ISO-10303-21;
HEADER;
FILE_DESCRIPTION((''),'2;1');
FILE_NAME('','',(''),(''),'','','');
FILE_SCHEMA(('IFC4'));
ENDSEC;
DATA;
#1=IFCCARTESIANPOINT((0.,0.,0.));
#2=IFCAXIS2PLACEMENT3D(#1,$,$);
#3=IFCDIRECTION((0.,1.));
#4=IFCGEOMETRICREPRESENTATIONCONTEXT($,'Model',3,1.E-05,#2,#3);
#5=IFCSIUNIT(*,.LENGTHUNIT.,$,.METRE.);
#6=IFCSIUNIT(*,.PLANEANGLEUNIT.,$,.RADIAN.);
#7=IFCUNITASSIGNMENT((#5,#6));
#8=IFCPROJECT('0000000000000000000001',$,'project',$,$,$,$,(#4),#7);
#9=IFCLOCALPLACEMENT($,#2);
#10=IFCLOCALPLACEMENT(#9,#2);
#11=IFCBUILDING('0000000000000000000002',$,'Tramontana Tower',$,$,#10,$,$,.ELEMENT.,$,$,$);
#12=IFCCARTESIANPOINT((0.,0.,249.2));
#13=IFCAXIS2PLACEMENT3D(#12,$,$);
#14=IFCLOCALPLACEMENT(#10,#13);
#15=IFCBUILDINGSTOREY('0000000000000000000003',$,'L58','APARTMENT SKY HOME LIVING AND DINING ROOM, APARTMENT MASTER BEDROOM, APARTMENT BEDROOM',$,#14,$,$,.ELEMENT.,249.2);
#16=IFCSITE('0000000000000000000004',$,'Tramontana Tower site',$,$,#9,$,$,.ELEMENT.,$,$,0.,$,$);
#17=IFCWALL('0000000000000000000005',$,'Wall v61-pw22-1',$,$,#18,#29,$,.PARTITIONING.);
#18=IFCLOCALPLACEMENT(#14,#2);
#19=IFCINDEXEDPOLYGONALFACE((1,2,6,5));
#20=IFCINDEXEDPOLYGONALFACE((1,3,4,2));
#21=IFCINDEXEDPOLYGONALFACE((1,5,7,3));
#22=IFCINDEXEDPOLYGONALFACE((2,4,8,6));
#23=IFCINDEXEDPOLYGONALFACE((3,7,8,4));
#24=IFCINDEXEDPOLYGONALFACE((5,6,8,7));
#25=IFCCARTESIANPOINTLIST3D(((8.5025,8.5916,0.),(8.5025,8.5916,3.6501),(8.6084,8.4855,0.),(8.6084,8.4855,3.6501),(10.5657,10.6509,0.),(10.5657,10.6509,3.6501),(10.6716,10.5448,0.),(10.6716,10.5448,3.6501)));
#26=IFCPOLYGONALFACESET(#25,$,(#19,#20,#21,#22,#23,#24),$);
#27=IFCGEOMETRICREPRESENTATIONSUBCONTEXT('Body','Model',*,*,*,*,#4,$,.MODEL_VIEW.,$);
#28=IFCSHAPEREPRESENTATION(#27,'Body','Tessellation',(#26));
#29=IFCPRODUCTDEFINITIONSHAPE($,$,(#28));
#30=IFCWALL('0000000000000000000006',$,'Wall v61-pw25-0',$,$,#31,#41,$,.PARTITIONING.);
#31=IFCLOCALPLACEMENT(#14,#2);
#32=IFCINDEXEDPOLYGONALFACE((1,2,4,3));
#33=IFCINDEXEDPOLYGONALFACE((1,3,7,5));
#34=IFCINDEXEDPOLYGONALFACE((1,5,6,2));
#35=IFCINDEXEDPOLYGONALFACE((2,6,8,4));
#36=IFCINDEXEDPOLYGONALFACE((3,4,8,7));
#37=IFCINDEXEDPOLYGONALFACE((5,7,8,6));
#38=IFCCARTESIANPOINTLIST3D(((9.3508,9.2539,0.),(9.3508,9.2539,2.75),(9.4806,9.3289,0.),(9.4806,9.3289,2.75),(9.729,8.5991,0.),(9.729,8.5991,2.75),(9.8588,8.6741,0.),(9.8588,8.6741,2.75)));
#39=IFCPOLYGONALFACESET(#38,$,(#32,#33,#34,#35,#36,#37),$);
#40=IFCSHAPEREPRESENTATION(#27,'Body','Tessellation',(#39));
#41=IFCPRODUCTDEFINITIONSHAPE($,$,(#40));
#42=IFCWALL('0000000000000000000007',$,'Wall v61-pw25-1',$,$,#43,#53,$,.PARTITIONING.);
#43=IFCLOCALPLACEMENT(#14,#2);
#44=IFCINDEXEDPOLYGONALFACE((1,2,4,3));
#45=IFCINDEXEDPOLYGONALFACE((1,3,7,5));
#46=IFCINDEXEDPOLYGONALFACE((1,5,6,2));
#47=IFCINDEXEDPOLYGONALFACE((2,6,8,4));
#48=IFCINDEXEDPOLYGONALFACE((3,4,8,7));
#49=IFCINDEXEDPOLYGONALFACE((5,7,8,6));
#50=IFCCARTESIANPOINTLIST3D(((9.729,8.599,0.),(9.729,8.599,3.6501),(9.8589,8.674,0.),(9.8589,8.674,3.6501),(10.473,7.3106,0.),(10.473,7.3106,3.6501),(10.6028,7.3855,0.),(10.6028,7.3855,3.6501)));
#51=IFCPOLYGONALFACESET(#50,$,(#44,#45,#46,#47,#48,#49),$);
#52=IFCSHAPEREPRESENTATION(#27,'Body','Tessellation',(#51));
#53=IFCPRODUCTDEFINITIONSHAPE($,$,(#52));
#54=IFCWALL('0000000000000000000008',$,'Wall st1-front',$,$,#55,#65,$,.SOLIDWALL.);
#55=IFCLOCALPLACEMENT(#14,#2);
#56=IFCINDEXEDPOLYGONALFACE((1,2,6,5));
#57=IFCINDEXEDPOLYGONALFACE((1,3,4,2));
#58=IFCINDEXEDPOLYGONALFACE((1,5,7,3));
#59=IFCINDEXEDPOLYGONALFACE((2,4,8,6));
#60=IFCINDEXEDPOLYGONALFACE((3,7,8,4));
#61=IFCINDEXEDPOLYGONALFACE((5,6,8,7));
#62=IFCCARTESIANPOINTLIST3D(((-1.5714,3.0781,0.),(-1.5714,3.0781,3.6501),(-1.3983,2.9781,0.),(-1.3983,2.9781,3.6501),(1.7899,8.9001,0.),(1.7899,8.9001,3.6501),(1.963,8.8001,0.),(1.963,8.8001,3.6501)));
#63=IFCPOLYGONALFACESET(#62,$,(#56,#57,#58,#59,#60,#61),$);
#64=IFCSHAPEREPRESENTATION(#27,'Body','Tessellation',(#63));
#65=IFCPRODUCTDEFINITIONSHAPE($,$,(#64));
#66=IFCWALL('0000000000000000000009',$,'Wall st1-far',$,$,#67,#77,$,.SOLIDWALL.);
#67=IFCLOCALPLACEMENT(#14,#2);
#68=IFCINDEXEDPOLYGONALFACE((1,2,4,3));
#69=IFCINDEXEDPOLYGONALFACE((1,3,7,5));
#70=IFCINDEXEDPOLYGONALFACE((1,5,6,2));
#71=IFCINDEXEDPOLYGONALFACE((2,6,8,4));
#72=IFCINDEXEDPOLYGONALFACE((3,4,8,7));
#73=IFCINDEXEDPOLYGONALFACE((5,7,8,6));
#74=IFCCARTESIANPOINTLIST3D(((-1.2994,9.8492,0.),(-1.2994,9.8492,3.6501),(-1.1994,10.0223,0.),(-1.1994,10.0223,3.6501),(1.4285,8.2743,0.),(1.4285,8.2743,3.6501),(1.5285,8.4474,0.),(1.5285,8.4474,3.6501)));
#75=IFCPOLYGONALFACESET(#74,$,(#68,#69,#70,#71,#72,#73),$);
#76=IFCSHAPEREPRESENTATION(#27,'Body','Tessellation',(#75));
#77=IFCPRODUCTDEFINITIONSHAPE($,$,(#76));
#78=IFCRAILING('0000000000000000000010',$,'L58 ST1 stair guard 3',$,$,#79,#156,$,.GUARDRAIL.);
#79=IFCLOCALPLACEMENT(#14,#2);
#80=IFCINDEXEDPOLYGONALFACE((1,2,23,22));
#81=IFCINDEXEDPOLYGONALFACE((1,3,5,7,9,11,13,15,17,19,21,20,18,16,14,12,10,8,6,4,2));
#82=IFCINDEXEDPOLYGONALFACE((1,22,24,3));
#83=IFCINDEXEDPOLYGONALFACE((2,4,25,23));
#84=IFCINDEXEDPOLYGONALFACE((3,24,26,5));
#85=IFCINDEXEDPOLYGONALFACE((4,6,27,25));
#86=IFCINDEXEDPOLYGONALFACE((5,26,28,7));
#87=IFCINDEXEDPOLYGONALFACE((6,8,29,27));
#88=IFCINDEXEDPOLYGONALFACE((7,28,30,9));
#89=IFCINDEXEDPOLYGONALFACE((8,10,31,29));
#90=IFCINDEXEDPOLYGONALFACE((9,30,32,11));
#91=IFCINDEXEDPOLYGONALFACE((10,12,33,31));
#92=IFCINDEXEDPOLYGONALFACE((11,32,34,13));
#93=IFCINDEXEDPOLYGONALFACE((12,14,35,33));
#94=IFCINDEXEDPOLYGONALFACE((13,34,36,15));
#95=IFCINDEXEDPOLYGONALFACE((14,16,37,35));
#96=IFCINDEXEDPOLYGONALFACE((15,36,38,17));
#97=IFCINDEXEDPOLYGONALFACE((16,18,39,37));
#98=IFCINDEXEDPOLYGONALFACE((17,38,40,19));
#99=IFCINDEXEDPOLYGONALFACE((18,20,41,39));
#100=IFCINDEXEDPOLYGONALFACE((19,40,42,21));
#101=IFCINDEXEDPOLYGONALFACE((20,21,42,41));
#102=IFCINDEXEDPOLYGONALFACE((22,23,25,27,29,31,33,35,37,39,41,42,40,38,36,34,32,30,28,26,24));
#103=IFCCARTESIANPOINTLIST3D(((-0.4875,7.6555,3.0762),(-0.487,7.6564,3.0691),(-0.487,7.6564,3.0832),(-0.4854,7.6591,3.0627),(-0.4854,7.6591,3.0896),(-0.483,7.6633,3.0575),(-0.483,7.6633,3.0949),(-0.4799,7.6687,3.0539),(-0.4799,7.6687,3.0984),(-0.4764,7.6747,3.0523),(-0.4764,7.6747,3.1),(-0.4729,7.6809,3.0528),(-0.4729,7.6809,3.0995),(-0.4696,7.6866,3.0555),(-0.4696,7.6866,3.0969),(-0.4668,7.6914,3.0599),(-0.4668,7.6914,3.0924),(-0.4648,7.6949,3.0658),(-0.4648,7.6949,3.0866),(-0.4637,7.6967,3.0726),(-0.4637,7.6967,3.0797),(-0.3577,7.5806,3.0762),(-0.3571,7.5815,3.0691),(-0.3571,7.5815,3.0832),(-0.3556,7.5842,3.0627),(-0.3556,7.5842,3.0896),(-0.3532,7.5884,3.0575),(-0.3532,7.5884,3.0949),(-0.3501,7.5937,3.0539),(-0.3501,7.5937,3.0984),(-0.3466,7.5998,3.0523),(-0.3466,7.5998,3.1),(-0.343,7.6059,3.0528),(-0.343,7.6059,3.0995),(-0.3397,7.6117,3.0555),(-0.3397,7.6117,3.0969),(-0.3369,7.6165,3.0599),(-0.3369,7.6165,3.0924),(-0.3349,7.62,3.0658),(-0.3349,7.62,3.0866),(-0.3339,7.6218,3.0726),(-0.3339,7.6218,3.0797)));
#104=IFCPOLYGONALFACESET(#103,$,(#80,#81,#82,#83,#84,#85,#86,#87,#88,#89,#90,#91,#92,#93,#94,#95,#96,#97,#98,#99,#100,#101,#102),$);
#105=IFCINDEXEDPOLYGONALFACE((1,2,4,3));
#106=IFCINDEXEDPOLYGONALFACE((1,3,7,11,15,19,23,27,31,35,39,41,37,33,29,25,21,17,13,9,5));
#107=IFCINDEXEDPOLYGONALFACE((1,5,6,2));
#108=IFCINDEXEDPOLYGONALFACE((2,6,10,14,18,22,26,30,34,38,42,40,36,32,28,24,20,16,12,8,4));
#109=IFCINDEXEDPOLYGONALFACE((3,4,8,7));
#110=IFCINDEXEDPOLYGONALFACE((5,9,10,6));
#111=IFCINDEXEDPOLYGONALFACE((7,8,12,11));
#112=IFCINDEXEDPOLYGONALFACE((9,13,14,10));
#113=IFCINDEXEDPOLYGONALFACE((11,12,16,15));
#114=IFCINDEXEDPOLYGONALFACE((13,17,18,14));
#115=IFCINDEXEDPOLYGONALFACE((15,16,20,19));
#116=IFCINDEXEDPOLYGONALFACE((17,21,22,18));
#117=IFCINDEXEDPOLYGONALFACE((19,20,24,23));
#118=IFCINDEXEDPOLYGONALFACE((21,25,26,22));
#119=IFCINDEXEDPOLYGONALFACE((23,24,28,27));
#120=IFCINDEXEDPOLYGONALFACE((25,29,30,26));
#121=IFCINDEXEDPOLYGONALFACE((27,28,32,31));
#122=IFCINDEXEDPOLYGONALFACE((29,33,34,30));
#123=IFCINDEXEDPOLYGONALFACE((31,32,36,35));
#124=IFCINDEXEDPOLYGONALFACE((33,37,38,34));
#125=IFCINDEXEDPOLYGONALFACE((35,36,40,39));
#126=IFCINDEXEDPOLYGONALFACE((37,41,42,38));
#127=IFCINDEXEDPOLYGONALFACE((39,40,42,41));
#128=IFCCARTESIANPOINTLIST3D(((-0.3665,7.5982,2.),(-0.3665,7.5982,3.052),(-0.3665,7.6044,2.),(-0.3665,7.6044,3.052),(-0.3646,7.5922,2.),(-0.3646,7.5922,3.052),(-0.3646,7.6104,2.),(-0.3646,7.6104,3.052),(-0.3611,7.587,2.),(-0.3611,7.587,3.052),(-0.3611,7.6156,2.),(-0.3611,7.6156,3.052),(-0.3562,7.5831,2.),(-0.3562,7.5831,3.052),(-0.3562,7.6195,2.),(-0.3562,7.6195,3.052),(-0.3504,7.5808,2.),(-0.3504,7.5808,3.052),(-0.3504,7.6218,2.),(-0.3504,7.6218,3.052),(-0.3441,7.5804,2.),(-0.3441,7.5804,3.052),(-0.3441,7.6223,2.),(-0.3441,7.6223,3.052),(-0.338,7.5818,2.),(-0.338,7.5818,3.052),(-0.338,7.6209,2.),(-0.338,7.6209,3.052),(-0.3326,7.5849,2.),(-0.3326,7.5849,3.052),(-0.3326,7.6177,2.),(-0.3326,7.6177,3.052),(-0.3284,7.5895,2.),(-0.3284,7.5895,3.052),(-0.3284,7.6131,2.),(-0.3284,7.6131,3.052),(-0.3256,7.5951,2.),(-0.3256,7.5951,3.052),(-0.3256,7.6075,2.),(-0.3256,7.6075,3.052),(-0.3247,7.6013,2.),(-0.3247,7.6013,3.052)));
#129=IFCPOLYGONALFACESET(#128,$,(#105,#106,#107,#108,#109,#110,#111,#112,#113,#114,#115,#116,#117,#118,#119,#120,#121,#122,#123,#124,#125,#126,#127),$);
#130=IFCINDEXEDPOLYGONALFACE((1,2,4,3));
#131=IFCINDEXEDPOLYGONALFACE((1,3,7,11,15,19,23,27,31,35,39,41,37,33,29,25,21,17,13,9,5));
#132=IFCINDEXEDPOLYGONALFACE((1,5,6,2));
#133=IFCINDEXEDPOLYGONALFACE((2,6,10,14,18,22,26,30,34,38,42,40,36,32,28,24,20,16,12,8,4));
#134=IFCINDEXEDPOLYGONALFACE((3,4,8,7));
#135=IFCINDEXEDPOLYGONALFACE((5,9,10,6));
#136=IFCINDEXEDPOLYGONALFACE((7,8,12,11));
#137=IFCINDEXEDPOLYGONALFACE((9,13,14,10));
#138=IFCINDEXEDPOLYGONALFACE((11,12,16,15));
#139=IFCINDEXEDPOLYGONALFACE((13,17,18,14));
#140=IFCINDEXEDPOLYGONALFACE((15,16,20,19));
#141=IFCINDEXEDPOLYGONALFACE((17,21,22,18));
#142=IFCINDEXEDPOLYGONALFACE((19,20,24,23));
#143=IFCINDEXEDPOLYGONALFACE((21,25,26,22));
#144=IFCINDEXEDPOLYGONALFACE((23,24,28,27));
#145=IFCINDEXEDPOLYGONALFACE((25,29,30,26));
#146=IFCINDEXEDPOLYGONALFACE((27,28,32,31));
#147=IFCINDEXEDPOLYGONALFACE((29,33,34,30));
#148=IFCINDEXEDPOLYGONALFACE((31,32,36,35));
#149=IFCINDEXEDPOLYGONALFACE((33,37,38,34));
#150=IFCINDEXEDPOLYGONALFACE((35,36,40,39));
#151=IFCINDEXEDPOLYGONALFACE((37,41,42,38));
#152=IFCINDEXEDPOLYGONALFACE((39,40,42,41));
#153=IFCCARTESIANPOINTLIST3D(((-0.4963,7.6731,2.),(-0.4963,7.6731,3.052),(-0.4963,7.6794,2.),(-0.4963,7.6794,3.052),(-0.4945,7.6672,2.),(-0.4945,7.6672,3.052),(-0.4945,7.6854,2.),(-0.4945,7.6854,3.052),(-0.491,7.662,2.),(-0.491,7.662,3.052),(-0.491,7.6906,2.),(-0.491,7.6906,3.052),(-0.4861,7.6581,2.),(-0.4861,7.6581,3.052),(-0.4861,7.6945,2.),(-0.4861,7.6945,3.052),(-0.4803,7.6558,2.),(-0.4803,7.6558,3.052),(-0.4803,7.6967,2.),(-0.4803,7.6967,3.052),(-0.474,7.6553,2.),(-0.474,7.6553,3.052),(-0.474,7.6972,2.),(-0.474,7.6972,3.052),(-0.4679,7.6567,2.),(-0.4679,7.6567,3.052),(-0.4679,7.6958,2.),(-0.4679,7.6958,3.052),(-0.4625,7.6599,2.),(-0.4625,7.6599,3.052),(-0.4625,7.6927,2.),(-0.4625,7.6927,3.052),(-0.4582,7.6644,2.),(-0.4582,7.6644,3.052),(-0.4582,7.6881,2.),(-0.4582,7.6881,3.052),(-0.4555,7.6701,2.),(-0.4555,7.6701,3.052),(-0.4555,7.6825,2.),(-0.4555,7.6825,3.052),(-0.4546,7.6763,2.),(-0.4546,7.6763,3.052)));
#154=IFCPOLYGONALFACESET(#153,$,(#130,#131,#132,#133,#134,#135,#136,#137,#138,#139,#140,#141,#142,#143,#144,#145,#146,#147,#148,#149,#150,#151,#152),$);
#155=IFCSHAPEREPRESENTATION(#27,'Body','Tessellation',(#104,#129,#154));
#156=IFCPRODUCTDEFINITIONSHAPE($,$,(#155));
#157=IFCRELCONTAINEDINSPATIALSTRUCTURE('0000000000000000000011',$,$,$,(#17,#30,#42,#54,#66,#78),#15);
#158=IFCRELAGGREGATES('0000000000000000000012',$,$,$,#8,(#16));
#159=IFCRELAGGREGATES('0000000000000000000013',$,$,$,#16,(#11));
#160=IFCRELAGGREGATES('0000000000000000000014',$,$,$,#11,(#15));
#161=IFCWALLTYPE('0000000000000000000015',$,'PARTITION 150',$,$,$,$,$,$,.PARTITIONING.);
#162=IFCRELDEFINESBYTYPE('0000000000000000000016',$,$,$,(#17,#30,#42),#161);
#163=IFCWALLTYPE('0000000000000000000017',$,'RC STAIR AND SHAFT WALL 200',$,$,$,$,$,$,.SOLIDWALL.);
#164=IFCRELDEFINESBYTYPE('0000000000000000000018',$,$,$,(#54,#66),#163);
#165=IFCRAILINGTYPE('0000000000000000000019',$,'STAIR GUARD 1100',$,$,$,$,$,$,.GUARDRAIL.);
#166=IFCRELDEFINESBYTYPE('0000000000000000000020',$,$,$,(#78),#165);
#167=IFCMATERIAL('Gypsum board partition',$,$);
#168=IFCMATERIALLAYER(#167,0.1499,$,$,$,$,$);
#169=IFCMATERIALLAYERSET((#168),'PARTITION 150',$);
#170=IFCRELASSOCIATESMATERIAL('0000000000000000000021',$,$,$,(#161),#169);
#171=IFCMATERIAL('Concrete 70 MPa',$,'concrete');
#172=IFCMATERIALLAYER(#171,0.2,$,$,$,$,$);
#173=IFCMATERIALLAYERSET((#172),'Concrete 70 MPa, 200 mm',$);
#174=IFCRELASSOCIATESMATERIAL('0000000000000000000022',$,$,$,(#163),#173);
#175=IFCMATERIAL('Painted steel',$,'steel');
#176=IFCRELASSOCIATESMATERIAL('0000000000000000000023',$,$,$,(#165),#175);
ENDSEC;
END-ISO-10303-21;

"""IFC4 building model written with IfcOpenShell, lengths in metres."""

from ifc_helpers import new_model, si_unit, direction, frame, frame_2d, origin, origin_2d, place, context, subcontext, project, spatial, rectangle, circle, extrude, material, layer, layer_set, type_object, element, save


model = new_model("IFC4")

# Units and contexts
model_context = context("Model", 3, precision=1e-05, world=origin(), true_north=direction((0.0, 1.0)))
body_context = subcontext(model_context, "Body", "Model", "MODEL_VIEW")
ifc_project = project(units=[si_unit("LENGTHUNIT", "METRE"), si_unit("PLANEANGLEUNIT", "RADIAN")], contexts=[model_context])

# Site, building, storey
site_placement = place(None, origin())
site = spatial("IfcSite", under=ifc_project, at=site_placement, Name="Tramontana Tower site", CompositionType="ELEMENT", RefElevation=0.0)
building_placement = place(site_placement, origin())
building = spatial("IfcBuilding", under=site, at=building_placement, Name="Tramontana Tower", CompositionType="ELEMENT")
storey_placement = place(building_placement, frame((0.0, 0.0, 249.2)))
storey = spatial("IfcBuildingStorey", under=building, at=storey_placement, Name="L58", Description="APARTMENT SKY HOME LIVING AND DINING ROOM, APARTMENT MASTER BEDROOM, APARTMENT BEDROOM", CompositionType="ELEMENT", Elevation=249.2)

# Shared definitions
ifc_material_1 = material(Name="Gypsum board partition")
ifc_layer_1 = layer(ifc_material_1, 0.1499)
ifc_layer_set_1 = layer_set([ifc_layer_1], Name="PARTITION 150")
wall_type_1 = type_object("IfcWallType", Name="PARTITION 150", PredefinedType="PARTITIONING", material=ifc_layer_set_1)

# Walls
wall_1_placement = place(storey_placement, frame((8.5554, 8.5386, 0.0), z_axis=(0.0, 0.0, 1.0), x_axis=(0.707776, 0.706436, 0.0)))
element("IfcWall", 1, at=wall_1_placement, inside=storey, type_object=wall_type_1, Name="Wall v61-pw22-1", PredefinedType="PARTITIONING", context=body_context, shape_type="SweptSolid", body=[
    extrude(rectangle(XDim=2.915, YDim=0.1499, at=frame_2d((1.4575, 0.0))), origin(), (0.0, 0.0, 1.0), 3.6501),
])
wall_2_placement = place(storey_placement, frame((9.4158, 9.2913, 0.0), z_axis=(0.0, 0.0, 1.0), x_axis=(0.500132, -0.865949, 0.0)))
element("IfcWall", 2, at=wall_2_placement, inside=storey, type_object=wall_type_1, Name="Wall v61-pw25-0", PredefinedType="PARTITIONING", context=body_context, shape_type="SweptSolid", body=[
    extrude(rectangle(XDim=0.7561, YDim=0.1499, at=frame_2d((0.3779, 0.0))), origin(), (0.0, 0.0, 1.0), 2.75),
])
wall_3_placement = place(storey_placement, frame((9.7939, 8.6365, 0.0), z_axis=(0.0, 0.0, 1.0), x_axis=(0.50004, -0.866002, 0.0)))
element("IfcWall", 3, at=wall_3_placement, inside=storey, type_object=wall_type_1, Name="Wall v61-pw25-1", PredefinedType="PARTITIONING", context=body_context, shape_type="SweptSolid", body=[
    extrude(rectangle(XDim=1.4878, YDim=0.1499, at=frame_2d((0.7439, 0.0))), origin(), (0.0, 0.0, 1.0), 3.6501),
])

# Walls
ifc_material_2 = material(Name="Concrete 70 MPa", Category="concrete")
ifc_layer_2 = layer(ifc_material_2, 0.2)
ifc_layer_set_2 = layer_set([ifc_layer_2], Name="Concrete 70 MPa, 200 mm")
wall_type_2 = type_object("IfcWallType", Name="RC STAIR AND SHAFT WALL 200", PredefinedType="SOLIDWALL", material=ifc_layer_set_2)
wall_4_placement = place(storey_placement, frame((1.8765, 8.8501, 0.0), z_axis=(0.0, 0.0, 1.0), x_axis=(-0.499998, -0.866027, 0.0)))
element("IfcWall", 4, at=wall_4_placement, inside=storey, type_object=wall_type_2, Name="Wall st1-front", PredefinedType="SOLIDWALL", context=body_context, shape_type="SweptSolid", body=[
    extrude(rectangle(XDim=6.7227, YDim=0.2, at=frame_2d((3.3613, 0.0))), origin(), (0.0, 0.0, 1.0), 3.6501),
])
wall_5_placement = place(storey_placement, frame((1.4785, 8.3608, 0.0), z_axis=(0.0, 0.0, 1.0), x_axis=(-0.866036, 0.499982, 0.0)))
element("IfcWall", 5, at=wall_5_placement, inside=storey, type_object=wall_type_2, Name="Wall st1-far", PredefinedType="SOLIDWALL", context=body_context, shape_type="SweptSolid", body=[
    extrude(rectangle(XDim=3.1499, YDim=0.2, at=frame_2d((1.575, 0.0))), origin(), (0.0, 0.0, 1.0), 3.6501),
])

# Railing
ifc_material_3 = material(Name="Painted steel", Category="steel")
railing_type = type_object("IfcRailingType", Name="STAIR GUARD 1100", PredefinedType="GUARDRAIL", material=ifc_material_3)
railing_placement = place(storey_placement, frame((-0.3457, 7.6013, 2.0)))
element("IfcRailing", 6, at=railing_placement, inside=storey, type_object=railing_type, Name="L58 ST1 stair guard 3", PredefinedType="GUARDRAIL", context=body_context, shape_type="SweptSolid", body=[
    extrude(circle(Radius=0.0239, at=origin_2d()), frame((0.0, 0.0, 1.0762), z_axis=(-0.866131, 0.499816, 0.0), x_axis=(-0.499816, -0.866131, 0.0)), (0.0, 0.0, 1.0), 0.1499),
    extrude(circle(Radius=0.021, at=origin_2d()), origin(), (0.0, 0.0, 1.0), 1.052),
    extrude(circle(Radius=0.021, at=origin_2d()), frame((-0.1299, 0.075, 0.0)), (0.0, 0.0, 1.0), 1.052),
])

save(model, "model.ifc")
